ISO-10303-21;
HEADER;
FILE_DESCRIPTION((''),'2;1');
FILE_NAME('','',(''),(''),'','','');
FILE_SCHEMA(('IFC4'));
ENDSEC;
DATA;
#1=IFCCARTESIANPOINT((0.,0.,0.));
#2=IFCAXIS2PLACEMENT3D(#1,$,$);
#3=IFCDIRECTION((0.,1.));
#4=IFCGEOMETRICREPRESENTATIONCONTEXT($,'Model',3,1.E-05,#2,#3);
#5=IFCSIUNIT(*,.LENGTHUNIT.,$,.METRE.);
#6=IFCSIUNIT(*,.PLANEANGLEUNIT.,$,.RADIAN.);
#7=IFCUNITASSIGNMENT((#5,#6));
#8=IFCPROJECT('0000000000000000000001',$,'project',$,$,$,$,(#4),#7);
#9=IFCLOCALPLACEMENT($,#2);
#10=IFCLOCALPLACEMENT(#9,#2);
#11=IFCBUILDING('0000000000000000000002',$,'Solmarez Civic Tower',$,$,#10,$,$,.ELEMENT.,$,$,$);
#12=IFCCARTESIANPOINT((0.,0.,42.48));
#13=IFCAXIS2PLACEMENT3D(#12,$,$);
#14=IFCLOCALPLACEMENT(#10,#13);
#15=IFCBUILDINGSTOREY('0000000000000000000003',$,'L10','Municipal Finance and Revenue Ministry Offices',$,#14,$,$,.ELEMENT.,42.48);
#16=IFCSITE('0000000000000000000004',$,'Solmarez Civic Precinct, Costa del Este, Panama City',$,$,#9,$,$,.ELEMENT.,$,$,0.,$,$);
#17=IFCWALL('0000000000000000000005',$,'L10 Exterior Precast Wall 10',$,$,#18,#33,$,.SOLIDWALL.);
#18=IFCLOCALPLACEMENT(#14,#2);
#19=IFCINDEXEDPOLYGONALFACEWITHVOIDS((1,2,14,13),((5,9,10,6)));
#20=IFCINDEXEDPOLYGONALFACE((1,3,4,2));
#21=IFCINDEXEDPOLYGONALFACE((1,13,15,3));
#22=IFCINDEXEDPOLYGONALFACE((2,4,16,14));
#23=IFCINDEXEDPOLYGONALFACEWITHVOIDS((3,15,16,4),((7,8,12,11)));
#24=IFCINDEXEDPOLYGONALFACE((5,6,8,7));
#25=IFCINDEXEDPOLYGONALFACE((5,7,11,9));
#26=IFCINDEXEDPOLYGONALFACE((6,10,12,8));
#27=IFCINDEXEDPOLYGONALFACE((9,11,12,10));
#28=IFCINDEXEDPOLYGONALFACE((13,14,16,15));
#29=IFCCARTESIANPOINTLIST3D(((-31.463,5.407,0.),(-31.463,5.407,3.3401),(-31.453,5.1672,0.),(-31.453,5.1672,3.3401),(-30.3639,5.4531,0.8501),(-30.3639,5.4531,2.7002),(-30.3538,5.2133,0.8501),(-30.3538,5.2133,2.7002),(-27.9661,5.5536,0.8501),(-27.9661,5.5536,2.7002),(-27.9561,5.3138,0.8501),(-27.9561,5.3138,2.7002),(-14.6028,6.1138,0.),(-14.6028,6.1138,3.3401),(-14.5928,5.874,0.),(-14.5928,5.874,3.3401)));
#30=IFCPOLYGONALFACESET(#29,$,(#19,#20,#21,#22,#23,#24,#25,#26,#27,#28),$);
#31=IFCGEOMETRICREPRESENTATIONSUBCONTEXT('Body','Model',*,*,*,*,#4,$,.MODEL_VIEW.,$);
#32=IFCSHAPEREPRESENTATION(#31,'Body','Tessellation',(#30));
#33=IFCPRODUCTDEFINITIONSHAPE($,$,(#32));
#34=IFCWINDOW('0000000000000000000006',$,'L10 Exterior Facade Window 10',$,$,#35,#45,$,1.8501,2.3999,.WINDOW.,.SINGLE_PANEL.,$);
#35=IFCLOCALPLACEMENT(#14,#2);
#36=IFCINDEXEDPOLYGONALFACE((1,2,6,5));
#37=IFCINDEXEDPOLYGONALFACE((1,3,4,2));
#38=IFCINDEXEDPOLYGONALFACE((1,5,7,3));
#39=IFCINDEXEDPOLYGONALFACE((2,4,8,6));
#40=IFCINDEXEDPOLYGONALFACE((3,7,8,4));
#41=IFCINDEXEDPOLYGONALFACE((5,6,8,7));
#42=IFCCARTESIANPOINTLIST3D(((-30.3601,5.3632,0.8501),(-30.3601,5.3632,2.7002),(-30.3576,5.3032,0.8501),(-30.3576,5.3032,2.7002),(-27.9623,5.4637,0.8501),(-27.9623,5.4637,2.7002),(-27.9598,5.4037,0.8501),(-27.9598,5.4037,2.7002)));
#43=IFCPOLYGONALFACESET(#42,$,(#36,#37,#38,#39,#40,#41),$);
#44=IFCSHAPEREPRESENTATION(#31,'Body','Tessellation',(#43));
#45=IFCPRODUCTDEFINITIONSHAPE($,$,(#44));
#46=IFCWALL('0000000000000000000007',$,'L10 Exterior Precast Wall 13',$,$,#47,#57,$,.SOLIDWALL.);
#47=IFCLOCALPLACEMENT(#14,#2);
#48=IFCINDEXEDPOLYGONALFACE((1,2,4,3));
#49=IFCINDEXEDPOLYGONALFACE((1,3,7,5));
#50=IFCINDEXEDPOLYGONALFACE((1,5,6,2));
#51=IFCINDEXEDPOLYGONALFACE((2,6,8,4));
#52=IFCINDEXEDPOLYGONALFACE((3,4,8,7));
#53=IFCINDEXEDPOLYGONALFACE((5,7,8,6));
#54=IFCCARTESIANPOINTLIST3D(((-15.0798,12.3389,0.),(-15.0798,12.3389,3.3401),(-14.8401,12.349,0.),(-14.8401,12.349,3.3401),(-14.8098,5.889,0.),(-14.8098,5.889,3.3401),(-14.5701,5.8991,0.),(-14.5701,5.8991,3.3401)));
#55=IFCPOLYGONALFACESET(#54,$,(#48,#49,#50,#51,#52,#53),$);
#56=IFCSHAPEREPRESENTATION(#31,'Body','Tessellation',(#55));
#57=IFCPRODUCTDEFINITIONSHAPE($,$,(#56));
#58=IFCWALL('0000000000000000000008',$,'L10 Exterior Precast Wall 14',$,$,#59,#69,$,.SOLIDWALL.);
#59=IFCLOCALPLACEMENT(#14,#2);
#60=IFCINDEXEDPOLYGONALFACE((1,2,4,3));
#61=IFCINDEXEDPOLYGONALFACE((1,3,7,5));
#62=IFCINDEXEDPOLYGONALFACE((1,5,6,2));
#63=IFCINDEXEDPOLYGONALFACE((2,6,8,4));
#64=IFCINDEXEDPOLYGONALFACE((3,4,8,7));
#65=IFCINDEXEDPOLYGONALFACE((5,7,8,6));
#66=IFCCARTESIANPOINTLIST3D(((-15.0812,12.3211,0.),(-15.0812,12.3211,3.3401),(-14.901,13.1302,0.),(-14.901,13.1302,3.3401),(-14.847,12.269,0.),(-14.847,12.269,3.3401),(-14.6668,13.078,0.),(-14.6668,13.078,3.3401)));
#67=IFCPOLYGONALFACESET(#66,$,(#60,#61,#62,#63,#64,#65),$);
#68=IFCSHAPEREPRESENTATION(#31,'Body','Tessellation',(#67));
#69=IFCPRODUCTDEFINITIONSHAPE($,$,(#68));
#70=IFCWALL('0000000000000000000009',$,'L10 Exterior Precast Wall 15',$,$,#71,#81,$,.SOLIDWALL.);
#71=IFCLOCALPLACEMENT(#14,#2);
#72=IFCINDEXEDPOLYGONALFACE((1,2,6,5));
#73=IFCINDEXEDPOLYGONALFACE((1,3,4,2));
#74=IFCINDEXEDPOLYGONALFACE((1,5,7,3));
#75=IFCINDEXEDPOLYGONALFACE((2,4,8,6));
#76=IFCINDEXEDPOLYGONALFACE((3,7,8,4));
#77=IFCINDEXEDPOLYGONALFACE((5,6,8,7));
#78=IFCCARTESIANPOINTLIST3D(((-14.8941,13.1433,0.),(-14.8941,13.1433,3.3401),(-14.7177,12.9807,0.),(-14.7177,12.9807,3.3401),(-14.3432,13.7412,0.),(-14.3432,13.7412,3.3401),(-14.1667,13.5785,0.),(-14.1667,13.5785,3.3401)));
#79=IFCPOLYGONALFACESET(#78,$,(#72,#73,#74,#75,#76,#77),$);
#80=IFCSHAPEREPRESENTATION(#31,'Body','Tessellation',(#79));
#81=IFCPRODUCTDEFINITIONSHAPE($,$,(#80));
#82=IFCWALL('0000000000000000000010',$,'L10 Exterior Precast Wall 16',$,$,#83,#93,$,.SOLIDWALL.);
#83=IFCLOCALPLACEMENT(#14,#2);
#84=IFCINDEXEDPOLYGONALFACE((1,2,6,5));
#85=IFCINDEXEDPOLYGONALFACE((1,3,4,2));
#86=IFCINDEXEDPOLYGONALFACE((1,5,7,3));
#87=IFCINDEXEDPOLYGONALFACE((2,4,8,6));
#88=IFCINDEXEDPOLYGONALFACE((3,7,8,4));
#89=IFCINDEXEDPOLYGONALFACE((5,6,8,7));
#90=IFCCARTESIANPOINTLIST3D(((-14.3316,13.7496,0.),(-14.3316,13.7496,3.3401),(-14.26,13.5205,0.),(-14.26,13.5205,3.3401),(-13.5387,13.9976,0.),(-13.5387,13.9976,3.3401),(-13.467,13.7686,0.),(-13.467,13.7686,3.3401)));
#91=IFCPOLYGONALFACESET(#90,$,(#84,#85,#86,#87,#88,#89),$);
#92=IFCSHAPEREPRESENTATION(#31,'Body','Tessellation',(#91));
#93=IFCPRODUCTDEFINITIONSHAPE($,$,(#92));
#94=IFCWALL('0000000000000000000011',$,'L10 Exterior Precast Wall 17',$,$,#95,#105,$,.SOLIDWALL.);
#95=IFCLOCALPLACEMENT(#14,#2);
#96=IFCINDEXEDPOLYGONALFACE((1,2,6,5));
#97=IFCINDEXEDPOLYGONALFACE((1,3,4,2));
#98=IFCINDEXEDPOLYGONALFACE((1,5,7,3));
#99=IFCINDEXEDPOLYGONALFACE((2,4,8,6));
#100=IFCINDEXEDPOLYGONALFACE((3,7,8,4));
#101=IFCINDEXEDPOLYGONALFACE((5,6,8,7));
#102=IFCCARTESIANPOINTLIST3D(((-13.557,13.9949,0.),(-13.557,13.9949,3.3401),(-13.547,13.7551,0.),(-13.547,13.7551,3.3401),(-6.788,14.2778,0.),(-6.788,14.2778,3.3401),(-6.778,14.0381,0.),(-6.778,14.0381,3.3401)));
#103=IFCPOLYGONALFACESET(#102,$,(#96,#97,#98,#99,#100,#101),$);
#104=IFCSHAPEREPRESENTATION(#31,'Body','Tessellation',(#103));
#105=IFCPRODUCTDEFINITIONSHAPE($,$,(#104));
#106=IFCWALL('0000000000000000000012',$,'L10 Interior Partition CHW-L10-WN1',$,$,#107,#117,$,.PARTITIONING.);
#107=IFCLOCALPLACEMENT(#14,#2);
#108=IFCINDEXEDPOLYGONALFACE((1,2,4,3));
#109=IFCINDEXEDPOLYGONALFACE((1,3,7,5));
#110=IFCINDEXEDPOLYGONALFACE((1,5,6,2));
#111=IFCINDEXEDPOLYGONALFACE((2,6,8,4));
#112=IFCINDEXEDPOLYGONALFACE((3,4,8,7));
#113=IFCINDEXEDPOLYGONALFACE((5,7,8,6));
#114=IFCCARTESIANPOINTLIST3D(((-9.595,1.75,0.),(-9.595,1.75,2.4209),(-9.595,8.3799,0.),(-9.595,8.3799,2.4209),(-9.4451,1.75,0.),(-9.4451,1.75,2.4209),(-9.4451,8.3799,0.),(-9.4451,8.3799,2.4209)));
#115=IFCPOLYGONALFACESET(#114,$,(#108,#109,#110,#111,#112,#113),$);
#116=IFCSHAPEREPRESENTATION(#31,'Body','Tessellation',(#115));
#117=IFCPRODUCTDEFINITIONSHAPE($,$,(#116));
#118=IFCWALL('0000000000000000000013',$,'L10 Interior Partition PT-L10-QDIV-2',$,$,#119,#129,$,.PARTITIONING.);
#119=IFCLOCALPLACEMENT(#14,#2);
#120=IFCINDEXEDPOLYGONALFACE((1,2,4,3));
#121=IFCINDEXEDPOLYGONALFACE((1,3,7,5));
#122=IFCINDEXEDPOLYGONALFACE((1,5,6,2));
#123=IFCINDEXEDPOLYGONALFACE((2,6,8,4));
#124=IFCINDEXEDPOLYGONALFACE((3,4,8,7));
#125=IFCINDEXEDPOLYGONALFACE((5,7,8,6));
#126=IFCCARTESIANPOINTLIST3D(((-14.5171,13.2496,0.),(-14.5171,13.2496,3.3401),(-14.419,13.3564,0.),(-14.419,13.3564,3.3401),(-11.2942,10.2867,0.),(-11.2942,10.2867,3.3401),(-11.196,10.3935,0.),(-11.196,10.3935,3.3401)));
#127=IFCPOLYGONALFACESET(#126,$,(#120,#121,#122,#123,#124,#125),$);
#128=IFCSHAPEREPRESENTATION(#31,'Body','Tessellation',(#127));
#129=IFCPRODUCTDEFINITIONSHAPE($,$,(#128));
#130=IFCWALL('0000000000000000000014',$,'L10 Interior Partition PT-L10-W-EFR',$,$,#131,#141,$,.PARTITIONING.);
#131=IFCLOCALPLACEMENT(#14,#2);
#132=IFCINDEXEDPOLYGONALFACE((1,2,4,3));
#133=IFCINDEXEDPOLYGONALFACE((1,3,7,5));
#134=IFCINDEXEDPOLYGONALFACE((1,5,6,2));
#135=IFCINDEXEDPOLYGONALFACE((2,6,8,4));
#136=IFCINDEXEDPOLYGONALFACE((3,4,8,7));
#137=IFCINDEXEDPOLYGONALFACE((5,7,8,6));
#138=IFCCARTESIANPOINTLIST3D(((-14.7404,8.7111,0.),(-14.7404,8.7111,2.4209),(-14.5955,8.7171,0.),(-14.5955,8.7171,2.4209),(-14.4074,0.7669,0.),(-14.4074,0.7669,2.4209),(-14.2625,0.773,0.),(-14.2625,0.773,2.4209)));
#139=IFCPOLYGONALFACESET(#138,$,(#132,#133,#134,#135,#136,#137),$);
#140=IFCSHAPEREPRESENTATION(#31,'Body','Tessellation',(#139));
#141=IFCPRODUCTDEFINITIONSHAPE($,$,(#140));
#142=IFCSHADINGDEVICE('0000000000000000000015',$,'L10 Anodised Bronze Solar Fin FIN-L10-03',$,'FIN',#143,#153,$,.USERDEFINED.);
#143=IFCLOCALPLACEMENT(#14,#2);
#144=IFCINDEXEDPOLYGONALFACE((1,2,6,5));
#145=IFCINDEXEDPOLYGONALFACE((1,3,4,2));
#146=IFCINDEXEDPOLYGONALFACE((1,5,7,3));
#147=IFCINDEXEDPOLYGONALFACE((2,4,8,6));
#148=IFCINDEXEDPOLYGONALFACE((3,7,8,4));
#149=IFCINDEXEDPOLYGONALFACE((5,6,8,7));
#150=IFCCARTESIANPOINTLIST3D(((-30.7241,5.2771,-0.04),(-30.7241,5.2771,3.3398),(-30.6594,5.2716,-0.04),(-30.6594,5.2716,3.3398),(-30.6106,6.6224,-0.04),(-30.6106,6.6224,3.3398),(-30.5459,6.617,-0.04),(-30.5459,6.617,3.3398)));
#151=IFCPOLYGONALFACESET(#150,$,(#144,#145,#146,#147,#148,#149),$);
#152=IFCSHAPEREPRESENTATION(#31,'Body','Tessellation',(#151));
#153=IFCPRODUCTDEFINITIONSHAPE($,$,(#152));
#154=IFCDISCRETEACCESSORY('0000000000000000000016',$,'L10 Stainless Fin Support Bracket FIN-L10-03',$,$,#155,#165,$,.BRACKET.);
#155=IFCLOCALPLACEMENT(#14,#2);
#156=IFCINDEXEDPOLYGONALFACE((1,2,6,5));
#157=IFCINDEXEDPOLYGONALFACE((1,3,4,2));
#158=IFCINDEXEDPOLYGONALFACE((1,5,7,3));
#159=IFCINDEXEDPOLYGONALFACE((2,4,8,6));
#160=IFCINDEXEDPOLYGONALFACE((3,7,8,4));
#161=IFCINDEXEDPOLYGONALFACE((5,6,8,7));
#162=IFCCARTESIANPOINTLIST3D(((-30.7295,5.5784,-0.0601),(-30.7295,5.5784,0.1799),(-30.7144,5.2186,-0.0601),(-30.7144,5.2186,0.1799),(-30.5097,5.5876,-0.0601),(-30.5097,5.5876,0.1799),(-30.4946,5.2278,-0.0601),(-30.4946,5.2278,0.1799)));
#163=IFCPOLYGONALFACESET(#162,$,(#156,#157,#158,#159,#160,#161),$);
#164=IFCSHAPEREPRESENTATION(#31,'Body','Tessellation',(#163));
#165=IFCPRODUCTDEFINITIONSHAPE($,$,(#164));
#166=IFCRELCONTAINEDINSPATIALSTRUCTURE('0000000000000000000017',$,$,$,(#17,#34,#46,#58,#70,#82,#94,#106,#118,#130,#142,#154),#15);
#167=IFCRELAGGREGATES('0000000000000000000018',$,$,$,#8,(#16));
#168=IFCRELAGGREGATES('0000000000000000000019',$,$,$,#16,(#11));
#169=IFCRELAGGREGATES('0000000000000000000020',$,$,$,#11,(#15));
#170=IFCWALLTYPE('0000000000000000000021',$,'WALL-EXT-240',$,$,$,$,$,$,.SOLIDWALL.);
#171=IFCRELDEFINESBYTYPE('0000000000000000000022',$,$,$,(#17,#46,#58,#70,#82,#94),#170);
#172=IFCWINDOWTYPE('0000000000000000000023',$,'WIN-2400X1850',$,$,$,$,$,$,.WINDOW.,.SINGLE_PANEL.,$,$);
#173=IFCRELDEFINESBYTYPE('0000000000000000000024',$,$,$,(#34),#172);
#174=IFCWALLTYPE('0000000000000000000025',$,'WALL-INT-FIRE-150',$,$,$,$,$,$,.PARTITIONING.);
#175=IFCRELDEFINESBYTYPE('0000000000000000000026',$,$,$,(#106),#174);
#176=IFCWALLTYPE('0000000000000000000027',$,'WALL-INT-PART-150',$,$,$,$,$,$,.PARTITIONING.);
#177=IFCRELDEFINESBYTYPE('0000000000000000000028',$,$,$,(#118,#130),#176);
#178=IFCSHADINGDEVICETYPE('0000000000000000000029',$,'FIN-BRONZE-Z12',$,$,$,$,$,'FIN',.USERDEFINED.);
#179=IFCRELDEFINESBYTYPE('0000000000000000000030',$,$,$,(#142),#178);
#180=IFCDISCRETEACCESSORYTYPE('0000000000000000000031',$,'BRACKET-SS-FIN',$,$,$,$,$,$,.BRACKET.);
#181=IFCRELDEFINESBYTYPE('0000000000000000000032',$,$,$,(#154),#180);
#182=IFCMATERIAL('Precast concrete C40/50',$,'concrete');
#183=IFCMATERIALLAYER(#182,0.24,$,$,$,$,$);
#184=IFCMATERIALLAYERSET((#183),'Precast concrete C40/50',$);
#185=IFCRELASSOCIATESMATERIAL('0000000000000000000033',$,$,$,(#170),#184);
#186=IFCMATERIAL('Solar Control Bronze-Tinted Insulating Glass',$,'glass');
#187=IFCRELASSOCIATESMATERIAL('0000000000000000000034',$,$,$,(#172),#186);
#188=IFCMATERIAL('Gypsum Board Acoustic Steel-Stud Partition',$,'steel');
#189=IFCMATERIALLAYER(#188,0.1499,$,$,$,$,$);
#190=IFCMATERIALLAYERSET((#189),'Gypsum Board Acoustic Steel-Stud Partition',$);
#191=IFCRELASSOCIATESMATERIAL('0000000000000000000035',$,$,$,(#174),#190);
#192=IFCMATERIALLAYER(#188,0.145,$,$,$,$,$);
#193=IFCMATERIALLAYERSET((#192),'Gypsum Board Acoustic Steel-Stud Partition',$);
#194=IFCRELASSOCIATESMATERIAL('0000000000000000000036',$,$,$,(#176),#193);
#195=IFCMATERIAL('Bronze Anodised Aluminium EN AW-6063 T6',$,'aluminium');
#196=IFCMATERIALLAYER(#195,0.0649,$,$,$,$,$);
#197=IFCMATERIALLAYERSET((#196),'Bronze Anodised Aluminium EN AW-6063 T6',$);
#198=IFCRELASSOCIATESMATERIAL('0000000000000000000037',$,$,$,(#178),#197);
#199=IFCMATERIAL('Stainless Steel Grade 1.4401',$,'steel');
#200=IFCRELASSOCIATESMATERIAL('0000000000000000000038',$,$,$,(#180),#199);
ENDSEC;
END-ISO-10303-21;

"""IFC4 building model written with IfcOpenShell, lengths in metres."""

from ifc_helpers import new_model, si_unit, direction, frame, frame_2d, origin, origin_2d, place, context, subcontext, project, spatial, rectangle, extrude, material, layer, layer_set, type_object, element, fill, save


model = new_model("IFC4")

# Units and contexts
model_context = context("Model", 3, precision=1e-05, world=origin(), true_north=direction((0.0, 1.0)))
body_context = subcontext(model_context, "Body", "Model", "MODEL_VIEW")
ifc_project = project(units=[si_unit("LENGTHUNIT", "METRE"), si_unit("PLANEANGLEUNIT", "RADIAN")], contexts=[model_context])

# Site, building, storey
site_placement = place(None, origin())
site = spatial("IfcSite", under=ifc_project, at=site_placement, Name="Solmarez Civic Precinct, Costa del Este, Panama City", CompositionType="ELEMENT", RefElevation=0.0)
building_placement = place(site_placement, origin())
building = spatial("IfcBuilding", under=site, at=building_placement, Name="Solmarez Civic Tower", CompositionType="ELEMENT")
storey_placement = place(building_placement, frame((0.0, 0.0, 42.48)))
storey = spatial("IfcBuildingStorey", under=building, at=storey_placement, Name="L10", Description="Municipal Finance and Revenue Ministry Offices", CompositionType="ELEMENT", Elevation=42.48)

# Shared definitions
ifc_material_1 = material(Name="Precast concrete C40/50", Category="concrete")
ifc_layer_1 = layer(ifc_material_1, 0.24)
ifc_layer_set_1 = layer_set([ifc_layer_1], Name="Precast concrete C40/50")
wall_type_1 = type_object("IfcWallType", Name="WALL-EXT-240", PredefinedType="SOLIDWALL", material=ifc_layer_set_1)

# Wall, opening, window
wall_1_placement = place(storey_placement, frame((-31.458, 5.2871, 0.0), z_axis=(0.0, 0.0, 1.0), x_axis=(0.999122, 0.041884, 0.0)))
wall_1 = element("IfcWall", 1, at=wall_1_placement, inside=storey, type_object=wall_type_1, Name="L10 Exterior Precast Wall 10", PredefinedType="SOLIDWALL", context=body_context, shape_type="SweptSolid", body=[
    extrude(rectangle(XDim=16.875, YDim=0.24, at=frame_2d((8.4375, 0.0))), origin(), (0.0, 0.0, 1.0), 3.3401),
])
opening_placement = place(wall_1_placement, frame((1.1001, 0.0, 0.8501)))
opening = element("IfcOpeningElement", 2, at=opening_placement, cuts=wall_1, PredefinedType="OPENING", context=body_context, shape_type="SweptSolid", body=[
    extrude(rectangle(XDim=2.3999, YDim=1.8501, at=frame_2d((1.2, 0.925))), frame((0.0, 0.1299, 0.0), z_axis=(0.0, -1.0, 0.0), x_axis=(1.0, 0.0, 0.0)), (0.0, 0.0, 1.0), 0.26),
])
ifc_material_2 = material(Name="Solar Control Bronze-Tinted Insulating Glass", Category="glass")
window_type = type_object("IfcWindowType", Name="WIN-2400X1850", PartitioningType="SINGLE_PANEL", PredefinedType="WINDOW", material=ifc_material_2)
window_placement = place(opening_placement, origin())
window = element("IfcWindow", 3, at=window_placement, inside=storey, type_object=window_type, Name="L10 Exterior Facade Window 10", OverallHeight=1.8501, OverallWidth=2.3999, PartitioningType="SINGLE_PANEL", PredefinedType="WINDOW", context=body_context, shape_type="SweptSolid", body=[
    extrude(rectangle(XDim=2.3999, YDim=1.8501, at=frame_2d((1.2, 0.925))), frame((0.0, 0.03, 0.0), z_axis=(0.0, -1.0, 0.0), x_axis=(1.0, 0.0, 0.0)), (0.0, 0.0, 1.0), 0.0601),
])
fill(opening, window)

# Walls
wall_2_placement = place(storey_placement, frame((-14.6899, 5.894, 0.0), z_axis=(0.0, 0.0, 1.0), x_axis=(-0.041827, 0.999125, 0.0)))
element("IfcWall", 4, at=wall_2_placement, inside=storey, type_object=wall_type_1, Name="L10 Exterior Precast Wall 13", PredefinedType="SOLIDWALL", context=body_context, shape_type="SweptSolid", body=[
    extrude(rectangle(XDim=6.4556, YDim=0.24, at=frame_2d((3.2278, 0.0))), origin(), (0.0, 0.0, 1.0), 3.3401),
])
wall_3_placement = place(storey_placement, frame((-14.9641, 12.2949, 0.0), z_axis=(0.0, 0.0, 1.0), x_axis=(0.217367, 0.97609, 0.0)))
element("IfcWall", 5, at=wall_3_placement, inside=storey, type_object=wall_type_1, Name="L10 Exterior Precast Wall 14", PredefinedType="SOLIDWALL", context=body_context, shape_type="SweptSolid", body=[
    extrude(rectangle(XDim=0.8289, YDim=0.24, at=frame_2d((0.4146, 0.0))), origin(), (0.0, 0.0, 1.0), 3.3401),
])
wall_4_placement = place(storey_placement, frame((-14.8059, 13.062, 0.0), z_axis=(0.0, 0.0, 1.0), x_axis=(0.677694, 0.735344, 0.0)))
element("IfcWall", 6, at=wall_4_placement, inside=storey, type_object=wall_type_1, Name="L10 Exterior Precast Wall 15", PredefinedType="SOLIDWALL", context=body_context, shape_type="SweptSolid", body=[
    extrude(rectangle(XDim=0.813, YDim=0.24, at=frame_2d((0.4065, 0.0))), origin(), (0.0, 0.0, 1.0), 3.3401),
])
wall_5_placement = place(storey_placement, frame((-14.2959, 13.635, 0.0), z_axis=(0.0, 0.0, 1.0), x_axis=(0.954396, 0.298543, 0.0)))
element("IfcWall", 7, at=wall_5_placement, inside=storey, type_object=wall_type_1, Name="L10 Exterior Precast Wall 16", PredefinedType="SOLIDWALL", context=body_context, shape_type="SweptSolid", body=[
    extrude(rectangle(XDim=0.8308, YDim=0.24, at=frame_2d((0.4155, 0.0))), origin(), (0.0, 0.0, 1.0), 3.3401),
])
wall_6_placement = place(storey_placement, frame((-13.552, 13.875, 0.0), z_axis=(0.0, 0.0, 1.0), x_axis=(0.999127, 0.041765, 0.0)))
element("IfcWall", 8, at=wall_6_placement, inside=storey, type_object=wall_type_1, Name="L10 Exterior Precast Wall 17", PredefinedType="SOLIDWALL", context=body_context, shape_type="SweptSolid", body=[
    extrude(rectangle(XDim=6.7749, YDim=0.24, at=frame_2d((3.3875, 0.0))), origin(), (0.0, 0.0, 1.0), 3.3401),
])
ifc_material_3 = material(Name="Gypsum Board Acoustic Steel-Stud Partition", Category="steel")
ifc_layer_2 = layer(ifc_material_3, 0.1499)
ifc_layer_set_2 = layer_set([ifc_layer_2], Name="Gypsum Board Acoustic Steel-Stud Partition")
wall_type_2 = type_object("IfcWallType", Name="WALL-INT-FIRE-150", PredefinedType="PARTITIONING", material=ifc_layer_set_2)
wall_7_placement = place(storey_placement, frame((-9.52, 1.75, 0.0), z_axis=(0.0, 0.0, 1.0), x_axis=(0.0, 1.0, 0.0)))
element("IfcWall", 9, at=wall_7_placement, inside=storey, type_object=wall_type_2, Name="L10 Interior Partition CHW-L10-WN1", PredefinedType="PARTITIONING", context=body_context, shape_type="SweptSolid", body=[
    extrude(rectangle(XDim=6.6299, YDim=0.1499, at=frame_2d((3.3149, 0.0))), origin(), (0.0, 0.0, 1.0), 2.4209),
])
ifc_layer_3 = layer(ifc_material_3, 0.145)
ifc_layer_set_3 = layer_set([ifc_layer_3], Name="Gypsum Board Acoustic Steel-Stud Partition")
wall_type_3 = type_object("IfcWallType", Name="WALL-INT-PART-150", PredefinedType="PARTITIONING", material=ifc_layer_set_3)
wall_8_placement = place(storey_placement, frame((-11.2451, 10.3401, 0.0), z_axis=(0.0, 0.0, 1.0), x_axis=(-0.736179, 0.676787, 0.0)))
element("IfcWall", 10, at=wall_8_placement, inside=storey, type_object=wall_type_3, Name="L10 Interior Partition PT-L10-QDIV-2", PredefinedType="PARTITIONING", context=body_context, shape_type="SweptSolid", body=[
    extrude(rectangle(XDim=4.3779, YDim=0.145, at=frame_2d((2.189, 0.0))), origin(), (0.0, 0.0, 1.0), 3.3401),
])
wall_9_placement = place(storey_placement, frame((-14.668, 8.7141, 0.0), z_axis=(0.0, 0.0, 1.0), x_axis=(0.041882, -0.999123, 0.0)))
element("IfcWall", 11, at=wall_9_placement, inside=storey, type_object=wall_type_3, Name="L10 Interior Partition PT-L10-W-EFR", PredefinedType="PARTITIONING", context=body_context, shape_type="SweptSolid", body=[
    extrude(rectangle(XDim=7.9512, YDim=0.145, at=frame_2d((3.9756, 0.0))), origin(), (0.0, 0.0, 1.0), 2.4209),
])

# Shading device
ifc_material_4 = material(Name="Bronze Anodised Aluminium EN AW-6063 T6", Category="aluminium")
ifc_layer_4 = layer(ifc_material_4, 0.0649)
ifc_layer_set_4 = layer_set([ifc_layer_4], Name="Bronze Anodised Aluminium EN AW-6063 T6")
shading_device_type = type_object("IfcShadingDeviceType", Name="FIN-BRONZE-Z12", ElementType="FIN", PredefinedType="USERDEFINED", material=ifc_layer_set_4)
shading_device_placement = place(storey_placement, frame((-30.635, 5.947, -0.04), z_axis=(0.0, 0.0, 1.0), x_axis=(0.084078, 0.996459, 0.0)))
element("IfcShadingDevice", 12, at=shading_device_placement, inside=storey, type_object=shading_device_type, Name="L10 Anodised Bronze Solar Fin FIN-L10-03", ObjectType="FIN", PredefinedType="USERDEFINED", context=body_context, shape_type="SweptSolid", body=[
    extrude(rectangle(XDim=1.3501, YDim=0.0649, at=origin_2d()), origin(), (0.0, 0.0, 1.0), 3.3799),
])

# Discrete accessory
ifc_material_5 = material(Name="Stainless Steel Grade 1.4401", Category="steel")
discrete_accessory_type = type_object("IfcDiscreteAccessoryType", Name="BRACKET-SS-FIN", PredefinedType="BRACKET", material=ifc_material_5)
discrete_accessory_placement = place(storey_placement, frame((-30.6121, 5.4031, -0.0601), z_axis=(0.0, 0.0, 1.0), x_axis=(-0.041901, 0.999122, 0.0)))
element("IfcDiscreteAccessory", 13, at=discrete_accessory_placement, inside=storey, type_object=discrete_accessory_type, Name="L10 Stainless Fin Support Bracket FIN-L10-03", PredefinedType="BRACKET", context=body_context, shape_type="SweptSolid", body=[
    extrude(rectangle(XDim=0.3601, YDim=0.22, at=origin_2d()), origin(), (0.0, 0.0, 1.0), 0.24),
])

save(model, "model.ifc")
